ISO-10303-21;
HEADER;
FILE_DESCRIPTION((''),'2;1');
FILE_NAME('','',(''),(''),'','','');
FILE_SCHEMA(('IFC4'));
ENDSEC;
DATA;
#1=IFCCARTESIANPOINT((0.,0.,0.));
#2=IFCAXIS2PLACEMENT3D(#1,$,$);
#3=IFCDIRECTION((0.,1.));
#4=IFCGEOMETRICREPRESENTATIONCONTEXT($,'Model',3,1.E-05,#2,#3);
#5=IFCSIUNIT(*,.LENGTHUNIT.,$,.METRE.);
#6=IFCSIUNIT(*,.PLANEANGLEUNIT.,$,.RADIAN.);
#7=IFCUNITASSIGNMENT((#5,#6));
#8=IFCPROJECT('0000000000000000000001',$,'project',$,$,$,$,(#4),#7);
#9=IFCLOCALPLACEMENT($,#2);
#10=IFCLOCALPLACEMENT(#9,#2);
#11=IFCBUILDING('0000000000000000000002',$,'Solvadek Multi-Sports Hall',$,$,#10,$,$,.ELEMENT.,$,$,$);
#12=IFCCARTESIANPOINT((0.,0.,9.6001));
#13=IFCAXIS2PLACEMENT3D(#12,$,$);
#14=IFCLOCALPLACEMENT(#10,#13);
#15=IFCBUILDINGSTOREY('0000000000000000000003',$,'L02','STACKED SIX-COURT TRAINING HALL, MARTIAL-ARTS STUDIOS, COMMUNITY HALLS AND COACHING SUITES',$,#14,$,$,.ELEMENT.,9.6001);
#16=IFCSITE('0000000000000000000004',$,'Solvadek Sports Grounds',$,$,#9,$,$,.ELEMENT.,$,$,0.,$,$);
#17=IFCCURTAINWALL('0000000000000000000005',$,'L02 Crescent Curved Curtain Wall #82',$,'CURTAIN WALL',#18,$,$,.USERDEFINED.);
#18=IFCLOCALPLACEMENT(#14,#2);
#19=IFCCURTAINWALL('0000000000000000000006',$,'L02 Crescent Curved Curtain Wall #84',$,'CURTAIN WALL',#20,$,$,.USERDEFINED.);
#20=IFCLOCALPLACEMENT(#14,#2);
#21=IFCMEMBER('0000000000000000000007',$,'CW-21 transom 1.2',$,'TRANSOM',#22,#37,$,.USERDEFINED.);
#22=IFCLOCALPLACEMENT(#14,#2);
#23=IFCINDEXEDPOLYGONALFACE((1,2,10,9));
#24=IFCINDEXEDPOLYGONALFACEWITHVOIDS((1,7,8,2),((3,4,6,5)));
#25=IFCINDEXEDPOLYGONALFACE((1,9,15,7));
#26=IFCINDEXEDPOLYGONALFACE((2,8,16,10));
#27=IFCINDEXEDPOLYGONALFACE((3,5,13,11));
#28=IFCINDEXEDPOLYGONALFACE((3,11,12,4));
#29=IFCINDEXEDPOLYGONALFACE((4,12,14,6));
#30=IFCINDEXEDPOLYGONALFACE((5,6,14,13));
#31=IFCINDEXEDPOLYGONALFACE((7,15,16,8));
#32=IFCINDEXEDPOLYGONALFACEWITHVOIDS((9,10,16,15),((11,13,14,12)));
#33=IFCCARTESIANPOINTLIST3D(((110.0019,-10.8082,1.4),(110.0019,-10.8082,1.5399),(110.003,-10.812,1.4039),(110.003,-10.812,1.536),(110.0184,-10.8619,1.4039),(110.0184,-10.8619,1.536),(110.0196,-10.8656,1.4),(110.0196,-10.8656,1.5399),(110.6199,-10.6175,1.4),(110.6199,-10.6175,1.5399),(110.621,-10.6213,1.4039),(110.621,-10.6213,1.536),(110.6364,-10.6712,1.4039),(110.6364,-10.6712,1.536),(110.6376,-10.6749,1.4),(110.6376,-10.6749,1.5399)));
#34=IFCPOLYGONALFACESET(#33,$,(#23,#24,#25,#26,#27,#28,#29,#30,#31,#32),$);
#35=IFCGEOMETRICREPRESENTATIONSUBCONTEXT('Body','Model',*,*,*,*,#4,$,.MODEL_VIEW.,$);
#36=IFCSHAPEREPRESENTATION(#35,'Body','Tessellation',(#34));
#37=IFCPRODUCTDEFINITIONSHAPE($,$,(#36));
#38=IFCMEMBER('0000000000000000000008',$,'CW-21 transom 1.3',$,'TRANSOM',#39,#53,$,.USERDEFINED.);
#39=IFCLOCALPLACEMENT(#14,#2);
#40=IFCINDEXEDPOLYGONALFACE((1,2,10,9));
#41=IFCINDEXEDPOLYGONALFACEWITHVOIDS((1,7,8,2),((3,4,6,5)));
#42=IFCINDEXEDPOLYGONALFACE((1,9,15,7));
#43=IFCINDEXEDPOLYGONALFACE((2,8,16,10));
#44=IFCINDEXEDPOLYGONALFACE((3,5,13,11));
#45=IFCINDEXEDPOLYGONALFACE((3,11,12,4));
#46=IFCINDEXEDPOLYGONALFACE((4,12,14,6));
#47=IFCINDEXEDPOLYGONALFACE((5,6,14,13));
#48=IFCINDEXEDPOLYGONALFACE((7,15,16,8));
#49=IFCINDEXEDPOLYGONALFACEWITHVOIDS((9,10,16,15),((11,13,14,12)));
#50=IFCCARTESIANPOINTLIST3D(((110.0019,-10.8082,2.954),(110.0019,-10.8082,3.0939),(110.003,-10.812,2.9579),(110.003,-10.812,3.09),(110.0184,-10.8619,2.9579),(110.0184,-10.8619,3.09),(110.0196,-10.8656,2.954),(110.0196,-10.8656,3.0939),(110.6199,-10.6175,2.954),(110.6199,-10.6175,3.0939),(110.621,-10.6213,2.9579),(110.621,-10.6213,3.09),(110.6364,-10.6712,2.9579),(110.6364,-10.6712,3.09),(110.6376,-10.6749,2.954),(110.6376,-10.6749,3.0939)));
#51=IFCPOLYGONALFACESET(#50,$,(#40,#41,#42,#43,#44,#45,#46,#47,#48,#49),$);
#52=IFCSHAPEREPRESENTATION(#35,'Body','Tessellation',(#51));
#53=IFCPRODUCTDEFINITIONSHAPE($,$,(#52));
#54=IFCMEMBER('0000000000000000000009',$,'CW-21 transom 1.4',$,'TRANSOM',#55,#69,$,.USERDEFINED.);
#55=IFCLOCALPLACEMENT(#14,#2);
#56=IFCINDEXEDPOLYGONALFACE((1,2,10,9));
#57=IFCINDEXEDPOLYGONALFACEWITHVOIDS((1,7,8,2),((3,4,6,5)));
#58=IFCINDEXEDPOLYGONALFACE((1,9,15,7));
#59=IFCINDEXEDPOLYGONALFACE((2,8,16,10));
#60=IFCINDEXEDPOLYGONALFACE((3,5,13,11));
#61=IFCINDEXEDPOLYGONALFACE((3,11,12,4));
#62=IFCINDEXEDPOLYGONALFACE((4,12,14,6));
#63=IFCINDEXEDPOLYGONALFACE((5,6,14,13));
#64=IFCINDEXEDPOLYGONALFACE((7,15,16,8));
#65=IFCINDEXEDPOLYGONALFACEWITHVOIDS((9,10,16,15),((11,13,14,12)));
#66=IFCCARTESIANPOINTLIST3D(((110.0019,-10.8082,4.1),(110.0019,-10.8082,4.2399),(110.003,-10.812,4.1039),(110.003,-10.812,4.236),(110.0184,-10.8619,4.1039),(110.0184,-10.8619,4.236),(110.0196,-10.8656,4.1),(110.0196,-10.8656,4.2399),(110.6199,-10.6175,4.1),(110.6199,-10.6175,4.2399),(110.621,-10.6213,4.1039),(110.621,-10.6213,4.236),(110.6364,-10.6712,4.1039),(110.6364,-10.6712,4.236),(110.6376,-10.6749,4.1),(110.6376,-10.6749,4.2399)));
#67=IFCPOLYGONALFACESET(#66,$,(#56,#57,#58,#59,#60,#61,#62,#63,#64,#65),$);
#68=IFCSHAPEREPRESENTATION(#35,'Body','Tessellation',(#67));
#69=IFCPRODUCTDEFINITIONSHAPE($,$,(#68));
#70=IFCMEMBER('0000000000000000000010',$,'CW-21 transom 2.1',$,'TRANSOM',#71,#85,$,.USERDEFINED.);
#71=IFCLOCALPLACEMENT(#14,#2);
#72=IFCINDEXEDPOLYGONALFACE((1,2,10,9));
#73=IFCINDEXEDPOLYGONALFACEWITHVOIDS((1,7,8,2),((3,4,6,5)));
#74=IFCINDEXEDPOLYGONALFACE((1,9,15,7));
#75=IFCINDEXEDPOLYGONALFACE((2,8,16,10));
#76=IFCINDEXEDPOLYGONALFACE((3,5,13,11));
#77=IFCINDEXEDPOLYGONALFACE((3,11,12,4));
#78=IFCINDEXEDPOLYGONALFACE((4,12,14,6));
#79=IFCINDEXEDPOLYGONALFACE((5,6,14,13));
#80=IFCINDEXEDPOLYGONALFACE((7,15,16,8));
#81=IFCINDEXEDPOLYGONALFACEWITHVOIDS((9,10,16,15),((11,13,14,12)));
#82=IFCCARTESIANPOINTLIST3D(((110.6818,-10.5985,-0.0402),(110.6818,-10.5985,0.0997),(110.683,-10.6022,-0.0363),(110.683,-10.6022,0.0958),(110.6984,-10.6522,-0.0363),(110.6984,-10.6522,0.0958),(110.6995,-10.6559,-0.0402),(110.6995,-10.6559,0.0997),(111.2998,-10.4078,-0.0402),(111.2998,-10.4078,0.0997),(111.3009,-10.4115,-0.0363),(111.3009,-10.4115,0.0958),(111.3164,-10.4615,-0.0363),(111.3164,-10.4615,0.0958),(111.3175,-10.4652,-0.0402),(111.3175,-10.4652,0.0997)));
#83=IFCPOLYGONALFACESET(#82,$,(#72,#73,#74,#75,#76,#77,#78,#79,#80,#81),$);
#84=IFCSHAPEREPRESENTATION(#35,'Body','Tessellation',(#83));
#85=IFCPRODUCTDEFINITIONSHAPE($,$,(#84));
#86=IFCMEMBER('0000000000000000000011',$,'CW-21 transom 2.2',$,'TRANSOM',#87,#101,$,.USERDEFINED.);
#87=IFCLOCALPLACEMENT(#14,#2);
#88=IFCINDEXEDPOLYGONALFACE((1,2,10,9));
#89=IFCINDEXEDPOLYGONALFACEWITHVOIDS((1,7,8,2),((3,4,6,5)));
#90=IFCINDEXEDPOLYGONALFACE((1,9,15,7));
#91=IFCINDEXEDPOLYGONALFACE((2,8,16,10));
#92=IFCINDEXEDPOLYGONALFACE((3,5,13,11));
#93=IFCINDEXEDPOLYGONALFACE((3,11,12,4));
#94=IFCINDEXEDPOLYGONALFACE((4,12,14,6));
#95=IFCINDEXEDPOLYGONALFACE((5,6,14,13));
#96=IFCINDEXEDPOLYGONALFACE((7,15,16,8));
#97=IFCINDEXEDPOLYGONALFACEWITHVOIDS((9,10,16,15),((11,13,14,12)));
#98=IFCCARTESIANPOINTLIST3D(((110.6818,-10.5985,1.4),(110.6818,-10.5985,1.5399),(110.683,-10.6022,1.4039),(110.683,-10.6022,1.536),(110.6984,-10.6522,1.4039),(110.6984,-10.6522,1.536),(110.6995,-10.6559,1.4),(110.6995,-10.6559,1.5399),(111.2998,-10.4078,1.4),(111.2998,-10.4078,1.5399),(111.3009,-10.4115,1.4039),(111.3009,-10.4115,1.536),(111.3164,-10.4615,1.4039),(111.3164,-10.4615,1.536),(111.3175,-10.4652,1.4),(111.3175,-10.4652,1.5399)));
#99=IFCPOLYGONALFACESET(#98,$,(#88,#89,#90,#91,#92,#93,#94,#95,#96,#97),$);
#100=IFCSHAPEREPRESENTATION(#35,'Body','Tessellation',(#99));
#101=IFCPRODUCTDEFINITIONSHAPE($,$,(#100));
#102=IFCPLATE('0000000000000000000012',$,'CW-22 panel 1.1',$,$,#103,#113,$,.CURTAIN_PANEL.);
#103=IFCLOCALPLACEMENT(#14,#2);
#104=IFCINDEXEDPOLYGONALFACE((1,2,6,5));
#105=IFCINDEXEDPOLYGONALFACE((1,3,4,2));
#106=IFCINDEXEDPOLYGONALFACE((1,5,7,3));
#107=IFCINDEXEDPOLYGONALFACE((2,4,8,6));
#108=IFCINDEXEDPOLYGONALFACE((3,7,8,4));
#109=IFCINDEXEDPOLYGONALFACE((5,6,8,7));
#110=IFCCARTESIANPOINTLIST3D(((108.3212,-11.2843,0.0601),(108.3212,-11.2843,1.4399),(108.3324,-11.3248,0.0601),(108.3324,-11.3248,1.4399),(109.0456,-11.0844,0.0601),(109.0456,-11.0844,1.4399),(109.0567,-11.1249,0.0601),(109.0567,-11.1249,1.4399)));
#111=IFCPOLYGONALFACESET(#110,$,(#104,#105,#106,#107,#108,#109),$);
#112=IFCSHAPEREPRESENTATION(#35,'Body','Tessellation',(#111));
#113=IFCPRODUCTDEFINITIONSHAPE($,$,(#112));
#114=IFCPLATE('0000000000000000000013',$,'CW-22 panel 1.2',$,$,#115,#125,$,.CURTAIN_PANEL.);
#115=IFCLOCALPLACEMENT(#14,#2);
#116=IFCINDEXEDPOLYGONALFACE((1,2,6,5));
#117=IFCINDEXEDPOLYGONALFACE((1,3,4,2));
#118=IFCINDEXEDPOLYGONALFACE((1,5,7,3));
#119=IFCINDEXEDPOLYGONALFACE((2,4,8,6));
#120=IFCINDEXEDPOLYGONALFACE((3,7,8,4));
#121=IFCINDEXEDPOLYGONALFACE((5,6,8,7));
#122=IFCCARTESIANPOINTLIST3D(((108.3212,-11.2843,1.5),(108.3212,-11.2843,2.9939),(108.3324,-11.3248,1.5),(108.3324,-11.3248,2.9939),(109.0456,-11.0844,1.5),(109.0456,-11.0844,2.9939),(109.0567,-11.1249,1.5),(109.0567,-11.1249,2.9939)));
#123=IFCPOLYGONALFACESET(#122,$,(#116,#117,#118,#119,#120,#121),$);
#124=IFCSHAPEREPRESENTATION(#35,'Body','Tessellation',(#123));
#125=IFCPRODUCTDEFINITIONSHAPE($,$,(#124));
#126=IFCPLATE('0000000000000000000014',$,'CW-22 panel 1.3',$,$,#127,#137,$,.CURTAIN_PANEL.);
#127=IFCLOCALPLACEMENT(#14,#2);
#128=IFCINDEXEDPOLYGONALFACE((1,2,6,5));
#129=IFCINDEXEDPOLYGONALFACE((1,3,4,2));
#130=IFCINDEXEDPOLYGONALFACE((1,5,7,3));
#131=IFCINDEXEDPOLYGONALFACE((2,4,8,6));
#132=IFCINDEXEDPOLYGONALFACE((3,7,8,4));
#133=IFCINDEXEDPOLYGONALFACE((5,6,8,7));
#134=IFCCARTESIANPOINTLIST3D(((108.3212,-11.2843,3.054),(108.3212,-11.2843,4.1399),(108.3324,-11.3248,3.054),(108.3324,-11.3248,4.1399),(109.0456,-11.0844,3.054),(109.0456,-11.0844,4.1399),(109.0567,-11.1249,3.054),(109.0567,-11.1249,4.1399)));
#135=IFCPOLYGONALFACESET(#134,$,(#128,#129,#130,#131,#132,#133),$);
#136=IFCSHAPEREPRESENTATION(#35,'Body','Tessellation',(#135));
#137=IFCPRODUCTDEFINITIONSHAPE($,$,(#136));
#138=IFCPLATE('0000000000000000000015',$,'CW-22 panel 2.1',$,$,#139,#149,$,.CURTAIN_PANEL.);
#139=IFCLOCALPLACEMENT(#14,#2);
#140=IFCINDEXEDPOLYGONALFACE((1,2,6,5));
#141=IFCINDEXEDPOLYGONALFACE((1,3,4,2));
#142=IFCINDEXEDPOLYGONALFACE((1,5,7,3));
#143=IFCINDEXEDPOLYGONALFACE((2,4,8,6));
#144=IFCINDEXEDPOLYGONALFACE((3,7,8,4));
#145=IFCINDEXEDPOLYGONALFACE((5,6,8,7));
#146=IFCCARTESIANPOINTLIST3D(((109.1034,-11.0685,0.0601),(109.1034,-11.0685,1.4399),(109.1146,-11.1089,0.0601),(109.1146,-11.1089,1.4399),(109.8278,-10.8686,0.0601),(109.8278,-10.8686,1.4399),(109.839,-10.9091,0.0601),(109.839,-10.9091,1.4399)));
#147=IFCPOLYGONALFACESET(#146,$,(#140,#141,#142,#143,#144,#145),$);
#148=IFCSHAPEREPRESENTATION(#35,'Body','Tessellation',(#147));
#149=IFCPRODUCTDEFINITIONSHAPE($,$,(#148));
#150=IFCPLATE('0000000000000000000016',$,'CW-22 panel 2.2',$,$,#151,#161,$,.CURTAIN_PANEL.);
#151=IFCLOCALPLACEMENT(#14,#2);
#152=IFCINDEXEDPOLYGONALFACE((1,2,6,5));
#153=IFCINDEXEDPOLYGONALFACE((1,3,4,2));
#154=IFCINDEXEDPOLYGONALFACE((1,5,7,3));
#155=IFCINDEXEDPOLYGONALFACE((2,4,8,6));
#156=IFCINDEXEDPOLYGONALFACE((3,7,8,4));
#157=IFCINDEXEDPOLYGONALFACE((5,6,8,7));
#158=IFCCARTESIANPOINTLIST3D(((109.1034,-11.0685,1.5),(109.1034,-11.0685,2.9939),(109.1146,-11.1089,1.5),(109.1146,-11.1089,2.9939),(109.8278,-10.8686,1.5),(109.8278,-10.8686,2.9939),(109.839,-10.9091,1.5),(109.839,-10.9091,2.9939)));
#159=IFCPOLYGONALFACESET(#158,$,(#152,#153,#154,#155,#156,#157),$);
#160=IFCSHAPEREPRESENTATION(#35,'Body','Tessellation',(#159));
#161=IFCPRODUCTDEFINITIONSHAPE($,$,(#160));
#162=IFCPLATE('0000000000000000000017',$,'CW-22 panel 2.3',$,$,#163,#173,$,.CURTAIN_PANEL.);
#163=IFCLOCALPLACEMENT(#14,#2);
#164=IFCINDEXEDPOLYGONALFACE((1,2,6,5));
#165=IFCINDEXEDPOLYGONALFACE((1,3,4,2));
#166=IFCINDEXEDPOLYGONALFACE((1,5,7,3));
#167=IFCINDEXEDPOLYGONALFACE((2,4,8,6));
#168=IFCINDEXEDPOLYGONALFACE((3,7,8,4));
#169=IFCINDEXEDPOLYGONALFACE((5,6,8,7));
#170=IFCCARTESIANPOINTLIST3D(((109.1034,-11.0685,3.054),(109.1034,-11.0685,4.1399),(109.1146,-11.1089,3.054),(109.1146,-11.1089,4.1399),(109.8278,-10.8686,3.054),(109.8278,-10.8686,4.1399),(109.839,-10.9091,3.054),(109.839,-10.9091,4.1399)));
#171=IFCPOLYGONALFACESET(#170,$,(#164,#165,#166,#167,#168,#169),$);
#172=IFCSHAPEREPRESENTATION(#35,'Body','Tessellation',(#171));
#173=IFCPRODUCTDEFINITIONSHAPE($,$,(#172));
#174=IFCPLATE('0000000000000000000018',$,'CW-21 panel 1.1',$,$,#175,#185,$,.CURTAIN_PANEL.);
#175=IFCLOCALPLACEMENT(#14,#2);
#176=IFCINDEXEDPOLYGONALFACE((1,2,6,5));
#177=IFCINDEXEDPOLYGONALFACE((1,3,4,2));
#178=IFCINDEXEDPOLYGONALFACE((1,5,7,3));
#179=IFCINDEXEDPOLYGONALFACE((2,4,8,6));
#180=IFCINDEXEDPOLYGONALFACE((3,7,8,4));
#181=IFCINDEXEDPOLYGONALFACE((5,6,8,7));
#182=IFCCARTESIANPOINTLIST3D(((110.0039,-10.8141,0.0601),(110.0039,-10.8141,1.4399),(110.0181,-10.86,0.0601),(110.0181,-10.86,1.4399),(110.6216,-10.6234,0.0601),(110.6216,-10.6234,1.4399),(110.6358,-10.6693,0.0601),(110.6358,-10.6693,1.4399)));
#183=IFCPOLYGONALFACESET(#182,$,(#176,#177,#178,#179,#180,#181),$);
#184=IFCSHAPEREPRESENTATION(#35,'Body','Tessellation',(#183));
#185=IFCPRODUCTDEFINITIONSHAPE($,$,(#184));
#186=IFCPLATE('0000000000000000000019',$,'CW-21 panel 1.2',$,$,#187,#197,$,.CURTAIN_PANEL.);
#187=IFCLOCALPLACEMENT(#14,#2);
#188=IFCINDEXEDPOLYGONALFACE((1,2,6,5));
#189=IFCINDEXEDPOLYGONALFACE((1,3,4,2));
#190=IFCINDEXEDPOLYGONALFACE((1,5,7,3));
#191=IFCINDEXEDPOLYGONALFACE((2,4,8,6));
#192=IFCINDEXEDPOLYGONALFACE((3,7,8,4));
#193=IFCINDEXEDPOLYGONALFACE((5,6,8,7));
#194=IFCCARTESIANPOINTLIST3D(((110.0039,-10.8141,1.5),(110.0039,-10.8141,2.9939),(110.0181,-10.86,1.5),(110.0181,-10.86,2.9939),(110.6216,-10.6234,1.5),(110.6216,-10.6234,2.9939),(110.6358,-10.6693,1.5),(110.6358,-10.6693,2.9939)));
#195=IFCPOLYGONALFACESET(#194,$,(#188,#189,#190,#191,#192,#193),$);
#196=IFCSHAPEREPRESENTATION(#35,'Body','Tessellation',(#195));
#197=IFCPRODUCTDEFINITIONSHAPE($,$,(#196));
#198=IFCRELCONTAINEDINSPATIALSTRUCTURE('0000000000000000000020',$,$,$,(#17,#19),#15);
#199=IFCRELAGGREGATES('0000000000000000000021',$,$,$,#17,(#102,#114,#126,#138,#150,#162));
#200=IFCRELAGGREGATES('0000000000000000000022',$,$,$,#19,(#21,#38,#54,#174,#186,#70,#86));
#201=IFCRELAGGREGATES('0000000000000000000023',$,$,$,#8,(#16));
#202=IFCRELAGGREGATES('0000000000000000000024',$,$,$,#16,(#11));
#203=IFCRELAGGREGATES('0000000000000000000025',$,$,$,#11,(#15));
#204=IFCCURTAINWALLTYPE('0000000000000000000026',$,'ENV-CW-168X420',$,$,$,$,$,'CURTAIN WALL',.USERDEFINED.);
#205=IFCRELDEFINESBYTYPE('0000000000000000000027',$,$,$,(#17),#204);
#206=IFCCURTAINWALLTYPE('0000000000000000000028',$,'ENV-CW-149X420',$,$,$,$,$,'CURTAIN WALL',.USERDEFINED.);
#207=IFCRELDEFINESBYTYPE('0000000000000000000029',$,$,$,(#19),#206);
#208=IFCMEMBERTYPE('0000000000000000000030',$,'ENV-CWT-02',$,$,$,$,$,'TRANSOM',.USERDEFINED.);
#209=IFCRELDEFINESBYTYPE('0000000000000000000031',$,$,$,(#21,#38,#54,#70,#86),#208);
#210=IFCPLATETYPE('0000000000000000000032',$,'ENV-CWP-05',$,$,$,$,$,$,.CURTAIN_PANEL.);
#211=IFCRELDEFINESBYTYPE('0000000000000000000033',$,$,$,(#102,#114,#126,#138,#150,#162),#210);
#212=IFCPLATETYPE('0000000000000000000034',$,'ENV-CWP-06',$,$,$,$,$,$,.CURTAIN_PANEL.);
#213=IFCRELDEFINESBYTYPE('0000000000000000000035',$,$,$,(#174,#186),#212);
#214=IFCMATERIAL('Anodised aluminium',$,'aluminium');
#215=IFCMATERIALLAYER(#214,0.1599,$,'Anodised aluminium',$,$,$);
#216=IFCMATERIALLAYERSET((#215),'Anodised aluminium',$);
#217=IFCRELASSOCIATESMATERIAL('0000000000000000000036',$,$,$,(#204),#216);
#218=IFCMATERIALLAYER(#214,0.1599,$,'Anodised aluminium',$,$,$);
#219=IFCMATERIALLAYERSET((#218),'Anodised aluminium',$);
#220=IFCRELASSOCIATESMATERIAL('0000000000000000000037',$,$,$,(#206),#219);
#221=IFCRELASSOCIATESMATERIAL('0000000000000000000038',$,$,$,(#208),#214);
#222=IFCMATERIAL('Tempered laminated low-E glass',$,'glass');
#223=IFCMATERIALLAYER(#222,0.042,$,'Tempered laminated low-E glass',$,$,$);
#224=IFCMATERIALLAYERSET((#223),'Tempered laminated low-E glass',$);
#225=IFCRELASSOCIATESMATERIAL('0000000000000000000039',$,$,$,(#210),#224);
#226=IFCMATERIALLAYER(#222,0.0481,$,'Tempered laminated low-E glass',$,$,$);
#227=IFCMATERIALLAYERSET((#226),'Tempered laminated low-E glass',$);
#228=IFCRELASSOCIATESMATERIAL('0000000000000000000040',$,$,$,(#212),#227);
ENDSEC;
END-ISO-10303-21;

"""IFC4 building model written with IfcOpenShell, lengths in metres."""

from ifc_helpers import new_model, si_unit, direction, frame, origin, origin_2d, place, context, subcontext, project, spatial, rectangle, hollow_rectangle, extrude, material, layer, layer_set, material_profile, profile_set, type_object, element, aggregate, save


model = new_model("IFC4")

# Units and contexts
model_context = context("Model", 3, precision=1e-05, world=origin(), true_north=direction((0.0, 1.0)))
body_context = subcontext(model_context, "Body", "Model", "MODEL_VIEW")
ifc_project = project(units=[si_unit("LENGTHUNIT", "METRE"), si_unit("PLANEANGLEUNIT", "RADIAN")], contexts=[model_context])

# Site, building, storey
site_placement = place(None, origin())
site = spatial("IfcSite", under=ifc_project, at=site_placement, Name="Solvadek Sports Grounds", CompositionType="ELEMENT", RefElevation=0.0)
building_placement = place(site_placement, origin())
building = spatial("IfcBuilding", under=site, at=building_placement, Name="Solvadek Multi-Sports Hall", CompositionType="ELEMENT")
storey_placement = place(building_placement, frame((0.0, 0.0, 9.6001)))
storey = spatial("IfcBuildingStorey", under=building, at=storey_placement, Name="L02", Description="STACKED SIX-COURT TRAINING HALL, MARTIAL-ARTS STUDIOS, COMMUNITY HALLS AND COACHING SUITES", CompositionType="ELEMENT", Elevation=9.6001)

# Curtain walls
ifc_material_1 = material(Name="Anodised aluminium", Category="aluminium")
ifc_layer_1 = layer(ifc_material_1, 0.1599, Name="Anodised aluminium")
ifc_layer_set_1 = layer_set([ifc_layer_1], Name="Anodised aluminium")
curtain_wall_type_1 = type_object("IfcCurtainWallType", Name="ENV-CW-168X420", ElementType="CURTAIN WALL", PredefinedType="USERDEFINED", material=ifc_layer_set_1)
curtain_wall_1_placement = place(storey_placement, origin())
curtain_wall_1 = element("IfcCurtainWall", 1, at=curtain_wall_1_placement, inside=storey, type_object=curtain_wall_type_1, Name="L02 Crescent Curved Curtain Wall #82", ObjectType="CURTAIN WALL", PredefinedType="USERDEFINED")
ifc_layer_2 = layer(ifc_material_1, 0.1599, Name="Anodised aluminium")
ifc_layer_set_2 = layer_set([ifc_layer_2], Name="Anodised aluminium")
curtain_wall_type_2 = type_object("IfcCurtainWallType", Name="ENV-CW-149X420", ElementType="CURTAIN WALL", PredefinedType="USERDEFINED", material=ifc_layer_set_2)
curtain_wall_2_placement = place(storey_placement, origin())
curtain_wall_2 = element("IfcCurtainWall", 2, at=curtain_wall_2_placement, inside=storey, type_object=curtain_wall_type_2, Name="L02 Crescent Curved Curtain Wall #84", ObjectType="CURTAIN WALL", PredefinedType="USERDEFINED")

# Members
ifc_material_profile_1 = material_profile(ifc_material_1, hollow_rectangle(XDim=0.0601, YDim=0.1399, WallThickness=0.0039, at=origin_2d()), Name="ALU-T 140x60x4")
ifc_profile_set_1 = profile_set([ifc_material_profile_1], Name="Anodised aluminium")
member_type_1 = type_object("IfcMemberType", Name="ENV-CWT-02", ElementType="TRANSOM", PredefinedType="USERDEFINED", material=ifc_profile_set_1)
member_1_placement = place(storey_placement, frame((110.0107, -10.8369, 1.47), z_axis=(0.955542, 0.294855, 0.0), x_axis=(-0.294855, 0.955542, 0.0)))
member_1 = element("IfcMember", 3, at=member_1_placement, type_object=member_type_1, Name="CW-21 transom 1.2", ObjectType="TRANSOM", PredefinedType="USERDEFINED", context=body_context, shape_type="SweptSolid", body=[
    extrude(hollow_rectangle(XDim=0.0601, YDim=0.1399, WallThickness=0.0039, at=origin_2d()), origin(), (0.0, 0.0, 1.0), 0.6467),
])
member_2_placement = place(storey_placement, frame((110.0107, -10.8369, 3.0239), z_axis=(0.955542, 0.294855, 0.0), x_axis=(-0.294855, 0.955542, 0.0)))
member_2 = element("IfcMember", 4, at=member_2_placement, type_object=member_type_1, Name="CW-21 transom 1.3", ObjectType="TRANSOM", PredefinedType="USERDEFINED", context=body_context, shape_type="SweptSolid", body=[
    extrude(hollow_rectangle(XDim=0.0601, YDim=0.1399, WallThickness=0.0039, at=origin_2d()), origin(), (0.0, 0.0, 1.0), 0.6467),
])
member_3_placement = place(storey_placement, frame((110.0107, -10.8369, 4.1699), z_axis=(0.955542, 0.294855, 0.0), x_axis=(-0.294855, 0.955542, 0.0)))
member_3 = element("IfcMember", 5, at=member_3_placement, type_object=member_type_1, Name="CW-21 transom 1.4", ObjectType="TRANSOM", PredefinedType="USERDEFINED", context=body_context, shape_type="SweptSolid", body=[
    extrude(hollow_rectangle(XDim=0.0601, YDim=0.1399, WallThickness=0.0039, at=origin_2d()), origin(), (0.0, 0.0, 1.0), 0.6467),
])
member_4_placement = place(storey_placement, frame((110.6907, -10.6272, 0.0298), z_axis=(0.955542, 0.294855, 0.0), x_axis=(-0.294855, 0.955542, 0.0)))
member_4 = element("IfcMember", 6, at=member_4_placement, type_object=member_type_1, Name="CW-21 transom 2.1", ObjectType="TRANSOM", PredefinedType="USERDEFINED", context=body_context, shape_type="SweptSolid", body=[
    extrude(hollow_rectangle(XDim=0.0601, YDim=0.1399, WallThickness=0.0039, at=origin_2d()), origin(), (0.0, 0.0, 1.0), 0.6467),
])
member_5_placement = place(storey_placement, frame((110.6907, -10.6272, 1.47), z_axis=(0.955542, 0.294855, 0.0), x_axis=(-0.294855, 0.955542, 0.0)))
member_5 = element("IfcMember", 7, at=member_5_placement, type_object=member_type_1, Name="CW-21 transom 2.2", ObjectType="TRANSOM", PredefinedType="USERDEFINED", context=body_context, shape_type="SweptSolid", body=[
    extrude(hollow_rectangle(XDim=0.0601, YDim=0.1399, WallThickness=0.0039, at=origin_2d()), origin(), (0.0, 0.0, 1.0), 0.6467),
])

# Plates
ifc_material_2 = material(Name="Tempered laminated low-E glass", Category="glass")
ifc_layer_3 = layer(ifc_material_2, 0.042, Name="Tempered laminated low-E glass")
ifc_layer_set_3 = layer_set([ifc_layer_3], Name="Tempered laminated low-E glass")
plate_type_1 = type_object("IfcPlateType", Name="ENV-CWP-05", PredefinedType="CURTAIN_PANEL", material=ifc_layer_set_3)
plate_1_placement = place(storey_placement, frame((108.689, -11.2046, 0.0601), z_axis=(0.0, 0.0, 1.0), x_axis=(0.963978, 0.265982, 0.0)))
plate_1 = element("IfcPlate", 8, at=plate_1_placement, type_object=plate_type_1, Name="CW-22 panel 1.1", PredefinedType="CURTAIN_PANEL", context=body_context, shape_type="SweptSolid", body=[
    extrude(rectangle(XDim=0.7515, YDim=0.042, at=origin_2d()), origin(), (0.0, 0.0, 1.0), 1.3799),
])
plate_2_placement = place(storey_placement, frame((108.689, -11.2046, 1.5), z_axis=(0.0, 0.0, 1.0), x_axis=(0.963978, 0.265982, 0.0)))
plate_2 = element("IfcPlate", 9, at=plate_2_placement, type_object=plate_type_1, Name="CW-22 panel 1.2", PredefinedType="CURTAIN_PANEL", context=body_context, shape_type="SweptSolid", body=[
    extrude(rectangle(XDim=0.7515, YDim=0.042, at=origin_2d()), origin(), (0.0, 0.0, 1.0), 1.4939),
])
plate_3_placement = place(storey_placement, frame((108.689, -11.2046, 3.054), z_axis=(0.0, 0.0, 1.0), x_axis=(0.963978, 0.265982, 0.0)))
plate_3 = element("IfcPlate", 10, at=plate_3_placement, type_object=plate_type_1, Name="CW-22 panel 1.3", PredefinedType="CURTAIN_PANEL", context=body_context, shape_type="SweptSolid", body=[
    extrude(rectangle(XDim=0.7515, YDim=0.042, at=origin_2d()), origin(), (0.0, 0.0, 1.0), 1.0859),
])
plate_4_placement = place(storey_placement, frame((109.4712, -10.9888, 0.0601), z_axis=(0.0, 0.0, 1.0), x_axis=(0.963978, 0.265982, 0.0)))
plate_4 = element("IfcPlate", 11, at=plate_4_placement, type_object=plate_type_1, Name="CW-22 panel 2.1", PredefinedType="CURTAIN_PANEL", context=body_context, shape_type="SweptSolid", body=[
    extrude(rectangle(XDim=0.7515, YDim=0.042, at=origin_2d()), origin(), (0.0, 0.0, 1.0), 1.3799),
])
plate_5_placement = place(storey_placement, frame((109.4712, -10.9888, 1.5), z_axis=(0.0, 0.0, 1.0), x_axis=(0.963978, 0.265982, 0.0)))
plate_5 = element("IfcPlate", 12, at=plate_5_placement, type_object=plate_type_1, Name="CW-22 panel 2.2", PredefinedType="CURTAIN_PANEL", context=body_context, shape_type="SweptSolid", body=[
    extrude(rectangle(XDim=0.7515, YDim=0.042, at=origin_2d()), origin(), (0.0, 0.0, 1.0), 1.4939),
])
plate_6_placement = place(storey_placement, frame((109.4712, -10.9888, 3.054), z_axis=(0.0, 0.0, 1.0), x_axis=(0.963978, 0.265982, 0.0)))
plate_6 = element("IfcPlate", 13, at=plate_6_placement, type_object=plate_type_1, Name="CW-22 panel 2.3", PredefinedType="CURTAIN_PANEL", context=body_context, shape_type="SweptSolid", body=[
    extrude(rectangle(XDim=0.7515, YDim=0.042, at=origin_2d()), origin(), (0.0, 0.0, 1.0), 1.0859),
])
aggregate(curtain_wall_1, [plate_1, plate_2, plate_3, plate_4, plate_5, plate_6])
ifc_layer_4 = layer(ifc_material_2, 0.0481, Name="Tempered laminated low-E glass")
ifc_layer_set_4 = layer_set([ifc_layer_4], Name="Tempered laminated low-E glass")
plate_type_2 = type_object("IfcPlateType", Name="ENV-CWP-06", PredefinedType="CURTAIN_PANEL", material=ifc_layer_set_4)
plate_7_placement = place(storey_placement, frame((110.3198, -10.7417, 0.0601), z_axis=(0.0, 0.0, 1.0), x_axis=(0.955521, 0.294922, 0.0)))
plate_7 = element("IfcPlate", 14, at=plate_7_placement, type_object=plate_type_2, Name="CW-21 panel 1.1", PredefinedType="CURTAIN_PANEL", context=body_context, shape_type="SweptSolid", body=[
    extrude(rectangle(XDim=0.6465, YDim=0.0481, at=origin_2d()), origin(), (0.0, 0.0, 1.0), 1.3799),
])
plate_8_placement = place(storey_placement, frame((110.3198, -10.7417, 1.5), z_axis=(0.0, 0.0, 1.0), x_axis=(0.955521, 0.294922, 0.0)))
plate_8 = element("IfcPlate", 15, at=plate_8_placement, type_object=plate_type_2, Name="CW-21 panel 1.2", PredefinedType="CURTAIN_PANEL", context=body_context, shape_type="SweptSolid", body=[
    extrude(rectangle(XDim=0.6465, YDim=0.0481, at=origin_2d()), origin(), (0.0, 0.0, 1.0), 1.4939),
])
aggregate(curtain_wall_2, [member_1, member_2, member_3, plate_7, plate_8, member_4, member_5])

save(model, "model.ifc")
